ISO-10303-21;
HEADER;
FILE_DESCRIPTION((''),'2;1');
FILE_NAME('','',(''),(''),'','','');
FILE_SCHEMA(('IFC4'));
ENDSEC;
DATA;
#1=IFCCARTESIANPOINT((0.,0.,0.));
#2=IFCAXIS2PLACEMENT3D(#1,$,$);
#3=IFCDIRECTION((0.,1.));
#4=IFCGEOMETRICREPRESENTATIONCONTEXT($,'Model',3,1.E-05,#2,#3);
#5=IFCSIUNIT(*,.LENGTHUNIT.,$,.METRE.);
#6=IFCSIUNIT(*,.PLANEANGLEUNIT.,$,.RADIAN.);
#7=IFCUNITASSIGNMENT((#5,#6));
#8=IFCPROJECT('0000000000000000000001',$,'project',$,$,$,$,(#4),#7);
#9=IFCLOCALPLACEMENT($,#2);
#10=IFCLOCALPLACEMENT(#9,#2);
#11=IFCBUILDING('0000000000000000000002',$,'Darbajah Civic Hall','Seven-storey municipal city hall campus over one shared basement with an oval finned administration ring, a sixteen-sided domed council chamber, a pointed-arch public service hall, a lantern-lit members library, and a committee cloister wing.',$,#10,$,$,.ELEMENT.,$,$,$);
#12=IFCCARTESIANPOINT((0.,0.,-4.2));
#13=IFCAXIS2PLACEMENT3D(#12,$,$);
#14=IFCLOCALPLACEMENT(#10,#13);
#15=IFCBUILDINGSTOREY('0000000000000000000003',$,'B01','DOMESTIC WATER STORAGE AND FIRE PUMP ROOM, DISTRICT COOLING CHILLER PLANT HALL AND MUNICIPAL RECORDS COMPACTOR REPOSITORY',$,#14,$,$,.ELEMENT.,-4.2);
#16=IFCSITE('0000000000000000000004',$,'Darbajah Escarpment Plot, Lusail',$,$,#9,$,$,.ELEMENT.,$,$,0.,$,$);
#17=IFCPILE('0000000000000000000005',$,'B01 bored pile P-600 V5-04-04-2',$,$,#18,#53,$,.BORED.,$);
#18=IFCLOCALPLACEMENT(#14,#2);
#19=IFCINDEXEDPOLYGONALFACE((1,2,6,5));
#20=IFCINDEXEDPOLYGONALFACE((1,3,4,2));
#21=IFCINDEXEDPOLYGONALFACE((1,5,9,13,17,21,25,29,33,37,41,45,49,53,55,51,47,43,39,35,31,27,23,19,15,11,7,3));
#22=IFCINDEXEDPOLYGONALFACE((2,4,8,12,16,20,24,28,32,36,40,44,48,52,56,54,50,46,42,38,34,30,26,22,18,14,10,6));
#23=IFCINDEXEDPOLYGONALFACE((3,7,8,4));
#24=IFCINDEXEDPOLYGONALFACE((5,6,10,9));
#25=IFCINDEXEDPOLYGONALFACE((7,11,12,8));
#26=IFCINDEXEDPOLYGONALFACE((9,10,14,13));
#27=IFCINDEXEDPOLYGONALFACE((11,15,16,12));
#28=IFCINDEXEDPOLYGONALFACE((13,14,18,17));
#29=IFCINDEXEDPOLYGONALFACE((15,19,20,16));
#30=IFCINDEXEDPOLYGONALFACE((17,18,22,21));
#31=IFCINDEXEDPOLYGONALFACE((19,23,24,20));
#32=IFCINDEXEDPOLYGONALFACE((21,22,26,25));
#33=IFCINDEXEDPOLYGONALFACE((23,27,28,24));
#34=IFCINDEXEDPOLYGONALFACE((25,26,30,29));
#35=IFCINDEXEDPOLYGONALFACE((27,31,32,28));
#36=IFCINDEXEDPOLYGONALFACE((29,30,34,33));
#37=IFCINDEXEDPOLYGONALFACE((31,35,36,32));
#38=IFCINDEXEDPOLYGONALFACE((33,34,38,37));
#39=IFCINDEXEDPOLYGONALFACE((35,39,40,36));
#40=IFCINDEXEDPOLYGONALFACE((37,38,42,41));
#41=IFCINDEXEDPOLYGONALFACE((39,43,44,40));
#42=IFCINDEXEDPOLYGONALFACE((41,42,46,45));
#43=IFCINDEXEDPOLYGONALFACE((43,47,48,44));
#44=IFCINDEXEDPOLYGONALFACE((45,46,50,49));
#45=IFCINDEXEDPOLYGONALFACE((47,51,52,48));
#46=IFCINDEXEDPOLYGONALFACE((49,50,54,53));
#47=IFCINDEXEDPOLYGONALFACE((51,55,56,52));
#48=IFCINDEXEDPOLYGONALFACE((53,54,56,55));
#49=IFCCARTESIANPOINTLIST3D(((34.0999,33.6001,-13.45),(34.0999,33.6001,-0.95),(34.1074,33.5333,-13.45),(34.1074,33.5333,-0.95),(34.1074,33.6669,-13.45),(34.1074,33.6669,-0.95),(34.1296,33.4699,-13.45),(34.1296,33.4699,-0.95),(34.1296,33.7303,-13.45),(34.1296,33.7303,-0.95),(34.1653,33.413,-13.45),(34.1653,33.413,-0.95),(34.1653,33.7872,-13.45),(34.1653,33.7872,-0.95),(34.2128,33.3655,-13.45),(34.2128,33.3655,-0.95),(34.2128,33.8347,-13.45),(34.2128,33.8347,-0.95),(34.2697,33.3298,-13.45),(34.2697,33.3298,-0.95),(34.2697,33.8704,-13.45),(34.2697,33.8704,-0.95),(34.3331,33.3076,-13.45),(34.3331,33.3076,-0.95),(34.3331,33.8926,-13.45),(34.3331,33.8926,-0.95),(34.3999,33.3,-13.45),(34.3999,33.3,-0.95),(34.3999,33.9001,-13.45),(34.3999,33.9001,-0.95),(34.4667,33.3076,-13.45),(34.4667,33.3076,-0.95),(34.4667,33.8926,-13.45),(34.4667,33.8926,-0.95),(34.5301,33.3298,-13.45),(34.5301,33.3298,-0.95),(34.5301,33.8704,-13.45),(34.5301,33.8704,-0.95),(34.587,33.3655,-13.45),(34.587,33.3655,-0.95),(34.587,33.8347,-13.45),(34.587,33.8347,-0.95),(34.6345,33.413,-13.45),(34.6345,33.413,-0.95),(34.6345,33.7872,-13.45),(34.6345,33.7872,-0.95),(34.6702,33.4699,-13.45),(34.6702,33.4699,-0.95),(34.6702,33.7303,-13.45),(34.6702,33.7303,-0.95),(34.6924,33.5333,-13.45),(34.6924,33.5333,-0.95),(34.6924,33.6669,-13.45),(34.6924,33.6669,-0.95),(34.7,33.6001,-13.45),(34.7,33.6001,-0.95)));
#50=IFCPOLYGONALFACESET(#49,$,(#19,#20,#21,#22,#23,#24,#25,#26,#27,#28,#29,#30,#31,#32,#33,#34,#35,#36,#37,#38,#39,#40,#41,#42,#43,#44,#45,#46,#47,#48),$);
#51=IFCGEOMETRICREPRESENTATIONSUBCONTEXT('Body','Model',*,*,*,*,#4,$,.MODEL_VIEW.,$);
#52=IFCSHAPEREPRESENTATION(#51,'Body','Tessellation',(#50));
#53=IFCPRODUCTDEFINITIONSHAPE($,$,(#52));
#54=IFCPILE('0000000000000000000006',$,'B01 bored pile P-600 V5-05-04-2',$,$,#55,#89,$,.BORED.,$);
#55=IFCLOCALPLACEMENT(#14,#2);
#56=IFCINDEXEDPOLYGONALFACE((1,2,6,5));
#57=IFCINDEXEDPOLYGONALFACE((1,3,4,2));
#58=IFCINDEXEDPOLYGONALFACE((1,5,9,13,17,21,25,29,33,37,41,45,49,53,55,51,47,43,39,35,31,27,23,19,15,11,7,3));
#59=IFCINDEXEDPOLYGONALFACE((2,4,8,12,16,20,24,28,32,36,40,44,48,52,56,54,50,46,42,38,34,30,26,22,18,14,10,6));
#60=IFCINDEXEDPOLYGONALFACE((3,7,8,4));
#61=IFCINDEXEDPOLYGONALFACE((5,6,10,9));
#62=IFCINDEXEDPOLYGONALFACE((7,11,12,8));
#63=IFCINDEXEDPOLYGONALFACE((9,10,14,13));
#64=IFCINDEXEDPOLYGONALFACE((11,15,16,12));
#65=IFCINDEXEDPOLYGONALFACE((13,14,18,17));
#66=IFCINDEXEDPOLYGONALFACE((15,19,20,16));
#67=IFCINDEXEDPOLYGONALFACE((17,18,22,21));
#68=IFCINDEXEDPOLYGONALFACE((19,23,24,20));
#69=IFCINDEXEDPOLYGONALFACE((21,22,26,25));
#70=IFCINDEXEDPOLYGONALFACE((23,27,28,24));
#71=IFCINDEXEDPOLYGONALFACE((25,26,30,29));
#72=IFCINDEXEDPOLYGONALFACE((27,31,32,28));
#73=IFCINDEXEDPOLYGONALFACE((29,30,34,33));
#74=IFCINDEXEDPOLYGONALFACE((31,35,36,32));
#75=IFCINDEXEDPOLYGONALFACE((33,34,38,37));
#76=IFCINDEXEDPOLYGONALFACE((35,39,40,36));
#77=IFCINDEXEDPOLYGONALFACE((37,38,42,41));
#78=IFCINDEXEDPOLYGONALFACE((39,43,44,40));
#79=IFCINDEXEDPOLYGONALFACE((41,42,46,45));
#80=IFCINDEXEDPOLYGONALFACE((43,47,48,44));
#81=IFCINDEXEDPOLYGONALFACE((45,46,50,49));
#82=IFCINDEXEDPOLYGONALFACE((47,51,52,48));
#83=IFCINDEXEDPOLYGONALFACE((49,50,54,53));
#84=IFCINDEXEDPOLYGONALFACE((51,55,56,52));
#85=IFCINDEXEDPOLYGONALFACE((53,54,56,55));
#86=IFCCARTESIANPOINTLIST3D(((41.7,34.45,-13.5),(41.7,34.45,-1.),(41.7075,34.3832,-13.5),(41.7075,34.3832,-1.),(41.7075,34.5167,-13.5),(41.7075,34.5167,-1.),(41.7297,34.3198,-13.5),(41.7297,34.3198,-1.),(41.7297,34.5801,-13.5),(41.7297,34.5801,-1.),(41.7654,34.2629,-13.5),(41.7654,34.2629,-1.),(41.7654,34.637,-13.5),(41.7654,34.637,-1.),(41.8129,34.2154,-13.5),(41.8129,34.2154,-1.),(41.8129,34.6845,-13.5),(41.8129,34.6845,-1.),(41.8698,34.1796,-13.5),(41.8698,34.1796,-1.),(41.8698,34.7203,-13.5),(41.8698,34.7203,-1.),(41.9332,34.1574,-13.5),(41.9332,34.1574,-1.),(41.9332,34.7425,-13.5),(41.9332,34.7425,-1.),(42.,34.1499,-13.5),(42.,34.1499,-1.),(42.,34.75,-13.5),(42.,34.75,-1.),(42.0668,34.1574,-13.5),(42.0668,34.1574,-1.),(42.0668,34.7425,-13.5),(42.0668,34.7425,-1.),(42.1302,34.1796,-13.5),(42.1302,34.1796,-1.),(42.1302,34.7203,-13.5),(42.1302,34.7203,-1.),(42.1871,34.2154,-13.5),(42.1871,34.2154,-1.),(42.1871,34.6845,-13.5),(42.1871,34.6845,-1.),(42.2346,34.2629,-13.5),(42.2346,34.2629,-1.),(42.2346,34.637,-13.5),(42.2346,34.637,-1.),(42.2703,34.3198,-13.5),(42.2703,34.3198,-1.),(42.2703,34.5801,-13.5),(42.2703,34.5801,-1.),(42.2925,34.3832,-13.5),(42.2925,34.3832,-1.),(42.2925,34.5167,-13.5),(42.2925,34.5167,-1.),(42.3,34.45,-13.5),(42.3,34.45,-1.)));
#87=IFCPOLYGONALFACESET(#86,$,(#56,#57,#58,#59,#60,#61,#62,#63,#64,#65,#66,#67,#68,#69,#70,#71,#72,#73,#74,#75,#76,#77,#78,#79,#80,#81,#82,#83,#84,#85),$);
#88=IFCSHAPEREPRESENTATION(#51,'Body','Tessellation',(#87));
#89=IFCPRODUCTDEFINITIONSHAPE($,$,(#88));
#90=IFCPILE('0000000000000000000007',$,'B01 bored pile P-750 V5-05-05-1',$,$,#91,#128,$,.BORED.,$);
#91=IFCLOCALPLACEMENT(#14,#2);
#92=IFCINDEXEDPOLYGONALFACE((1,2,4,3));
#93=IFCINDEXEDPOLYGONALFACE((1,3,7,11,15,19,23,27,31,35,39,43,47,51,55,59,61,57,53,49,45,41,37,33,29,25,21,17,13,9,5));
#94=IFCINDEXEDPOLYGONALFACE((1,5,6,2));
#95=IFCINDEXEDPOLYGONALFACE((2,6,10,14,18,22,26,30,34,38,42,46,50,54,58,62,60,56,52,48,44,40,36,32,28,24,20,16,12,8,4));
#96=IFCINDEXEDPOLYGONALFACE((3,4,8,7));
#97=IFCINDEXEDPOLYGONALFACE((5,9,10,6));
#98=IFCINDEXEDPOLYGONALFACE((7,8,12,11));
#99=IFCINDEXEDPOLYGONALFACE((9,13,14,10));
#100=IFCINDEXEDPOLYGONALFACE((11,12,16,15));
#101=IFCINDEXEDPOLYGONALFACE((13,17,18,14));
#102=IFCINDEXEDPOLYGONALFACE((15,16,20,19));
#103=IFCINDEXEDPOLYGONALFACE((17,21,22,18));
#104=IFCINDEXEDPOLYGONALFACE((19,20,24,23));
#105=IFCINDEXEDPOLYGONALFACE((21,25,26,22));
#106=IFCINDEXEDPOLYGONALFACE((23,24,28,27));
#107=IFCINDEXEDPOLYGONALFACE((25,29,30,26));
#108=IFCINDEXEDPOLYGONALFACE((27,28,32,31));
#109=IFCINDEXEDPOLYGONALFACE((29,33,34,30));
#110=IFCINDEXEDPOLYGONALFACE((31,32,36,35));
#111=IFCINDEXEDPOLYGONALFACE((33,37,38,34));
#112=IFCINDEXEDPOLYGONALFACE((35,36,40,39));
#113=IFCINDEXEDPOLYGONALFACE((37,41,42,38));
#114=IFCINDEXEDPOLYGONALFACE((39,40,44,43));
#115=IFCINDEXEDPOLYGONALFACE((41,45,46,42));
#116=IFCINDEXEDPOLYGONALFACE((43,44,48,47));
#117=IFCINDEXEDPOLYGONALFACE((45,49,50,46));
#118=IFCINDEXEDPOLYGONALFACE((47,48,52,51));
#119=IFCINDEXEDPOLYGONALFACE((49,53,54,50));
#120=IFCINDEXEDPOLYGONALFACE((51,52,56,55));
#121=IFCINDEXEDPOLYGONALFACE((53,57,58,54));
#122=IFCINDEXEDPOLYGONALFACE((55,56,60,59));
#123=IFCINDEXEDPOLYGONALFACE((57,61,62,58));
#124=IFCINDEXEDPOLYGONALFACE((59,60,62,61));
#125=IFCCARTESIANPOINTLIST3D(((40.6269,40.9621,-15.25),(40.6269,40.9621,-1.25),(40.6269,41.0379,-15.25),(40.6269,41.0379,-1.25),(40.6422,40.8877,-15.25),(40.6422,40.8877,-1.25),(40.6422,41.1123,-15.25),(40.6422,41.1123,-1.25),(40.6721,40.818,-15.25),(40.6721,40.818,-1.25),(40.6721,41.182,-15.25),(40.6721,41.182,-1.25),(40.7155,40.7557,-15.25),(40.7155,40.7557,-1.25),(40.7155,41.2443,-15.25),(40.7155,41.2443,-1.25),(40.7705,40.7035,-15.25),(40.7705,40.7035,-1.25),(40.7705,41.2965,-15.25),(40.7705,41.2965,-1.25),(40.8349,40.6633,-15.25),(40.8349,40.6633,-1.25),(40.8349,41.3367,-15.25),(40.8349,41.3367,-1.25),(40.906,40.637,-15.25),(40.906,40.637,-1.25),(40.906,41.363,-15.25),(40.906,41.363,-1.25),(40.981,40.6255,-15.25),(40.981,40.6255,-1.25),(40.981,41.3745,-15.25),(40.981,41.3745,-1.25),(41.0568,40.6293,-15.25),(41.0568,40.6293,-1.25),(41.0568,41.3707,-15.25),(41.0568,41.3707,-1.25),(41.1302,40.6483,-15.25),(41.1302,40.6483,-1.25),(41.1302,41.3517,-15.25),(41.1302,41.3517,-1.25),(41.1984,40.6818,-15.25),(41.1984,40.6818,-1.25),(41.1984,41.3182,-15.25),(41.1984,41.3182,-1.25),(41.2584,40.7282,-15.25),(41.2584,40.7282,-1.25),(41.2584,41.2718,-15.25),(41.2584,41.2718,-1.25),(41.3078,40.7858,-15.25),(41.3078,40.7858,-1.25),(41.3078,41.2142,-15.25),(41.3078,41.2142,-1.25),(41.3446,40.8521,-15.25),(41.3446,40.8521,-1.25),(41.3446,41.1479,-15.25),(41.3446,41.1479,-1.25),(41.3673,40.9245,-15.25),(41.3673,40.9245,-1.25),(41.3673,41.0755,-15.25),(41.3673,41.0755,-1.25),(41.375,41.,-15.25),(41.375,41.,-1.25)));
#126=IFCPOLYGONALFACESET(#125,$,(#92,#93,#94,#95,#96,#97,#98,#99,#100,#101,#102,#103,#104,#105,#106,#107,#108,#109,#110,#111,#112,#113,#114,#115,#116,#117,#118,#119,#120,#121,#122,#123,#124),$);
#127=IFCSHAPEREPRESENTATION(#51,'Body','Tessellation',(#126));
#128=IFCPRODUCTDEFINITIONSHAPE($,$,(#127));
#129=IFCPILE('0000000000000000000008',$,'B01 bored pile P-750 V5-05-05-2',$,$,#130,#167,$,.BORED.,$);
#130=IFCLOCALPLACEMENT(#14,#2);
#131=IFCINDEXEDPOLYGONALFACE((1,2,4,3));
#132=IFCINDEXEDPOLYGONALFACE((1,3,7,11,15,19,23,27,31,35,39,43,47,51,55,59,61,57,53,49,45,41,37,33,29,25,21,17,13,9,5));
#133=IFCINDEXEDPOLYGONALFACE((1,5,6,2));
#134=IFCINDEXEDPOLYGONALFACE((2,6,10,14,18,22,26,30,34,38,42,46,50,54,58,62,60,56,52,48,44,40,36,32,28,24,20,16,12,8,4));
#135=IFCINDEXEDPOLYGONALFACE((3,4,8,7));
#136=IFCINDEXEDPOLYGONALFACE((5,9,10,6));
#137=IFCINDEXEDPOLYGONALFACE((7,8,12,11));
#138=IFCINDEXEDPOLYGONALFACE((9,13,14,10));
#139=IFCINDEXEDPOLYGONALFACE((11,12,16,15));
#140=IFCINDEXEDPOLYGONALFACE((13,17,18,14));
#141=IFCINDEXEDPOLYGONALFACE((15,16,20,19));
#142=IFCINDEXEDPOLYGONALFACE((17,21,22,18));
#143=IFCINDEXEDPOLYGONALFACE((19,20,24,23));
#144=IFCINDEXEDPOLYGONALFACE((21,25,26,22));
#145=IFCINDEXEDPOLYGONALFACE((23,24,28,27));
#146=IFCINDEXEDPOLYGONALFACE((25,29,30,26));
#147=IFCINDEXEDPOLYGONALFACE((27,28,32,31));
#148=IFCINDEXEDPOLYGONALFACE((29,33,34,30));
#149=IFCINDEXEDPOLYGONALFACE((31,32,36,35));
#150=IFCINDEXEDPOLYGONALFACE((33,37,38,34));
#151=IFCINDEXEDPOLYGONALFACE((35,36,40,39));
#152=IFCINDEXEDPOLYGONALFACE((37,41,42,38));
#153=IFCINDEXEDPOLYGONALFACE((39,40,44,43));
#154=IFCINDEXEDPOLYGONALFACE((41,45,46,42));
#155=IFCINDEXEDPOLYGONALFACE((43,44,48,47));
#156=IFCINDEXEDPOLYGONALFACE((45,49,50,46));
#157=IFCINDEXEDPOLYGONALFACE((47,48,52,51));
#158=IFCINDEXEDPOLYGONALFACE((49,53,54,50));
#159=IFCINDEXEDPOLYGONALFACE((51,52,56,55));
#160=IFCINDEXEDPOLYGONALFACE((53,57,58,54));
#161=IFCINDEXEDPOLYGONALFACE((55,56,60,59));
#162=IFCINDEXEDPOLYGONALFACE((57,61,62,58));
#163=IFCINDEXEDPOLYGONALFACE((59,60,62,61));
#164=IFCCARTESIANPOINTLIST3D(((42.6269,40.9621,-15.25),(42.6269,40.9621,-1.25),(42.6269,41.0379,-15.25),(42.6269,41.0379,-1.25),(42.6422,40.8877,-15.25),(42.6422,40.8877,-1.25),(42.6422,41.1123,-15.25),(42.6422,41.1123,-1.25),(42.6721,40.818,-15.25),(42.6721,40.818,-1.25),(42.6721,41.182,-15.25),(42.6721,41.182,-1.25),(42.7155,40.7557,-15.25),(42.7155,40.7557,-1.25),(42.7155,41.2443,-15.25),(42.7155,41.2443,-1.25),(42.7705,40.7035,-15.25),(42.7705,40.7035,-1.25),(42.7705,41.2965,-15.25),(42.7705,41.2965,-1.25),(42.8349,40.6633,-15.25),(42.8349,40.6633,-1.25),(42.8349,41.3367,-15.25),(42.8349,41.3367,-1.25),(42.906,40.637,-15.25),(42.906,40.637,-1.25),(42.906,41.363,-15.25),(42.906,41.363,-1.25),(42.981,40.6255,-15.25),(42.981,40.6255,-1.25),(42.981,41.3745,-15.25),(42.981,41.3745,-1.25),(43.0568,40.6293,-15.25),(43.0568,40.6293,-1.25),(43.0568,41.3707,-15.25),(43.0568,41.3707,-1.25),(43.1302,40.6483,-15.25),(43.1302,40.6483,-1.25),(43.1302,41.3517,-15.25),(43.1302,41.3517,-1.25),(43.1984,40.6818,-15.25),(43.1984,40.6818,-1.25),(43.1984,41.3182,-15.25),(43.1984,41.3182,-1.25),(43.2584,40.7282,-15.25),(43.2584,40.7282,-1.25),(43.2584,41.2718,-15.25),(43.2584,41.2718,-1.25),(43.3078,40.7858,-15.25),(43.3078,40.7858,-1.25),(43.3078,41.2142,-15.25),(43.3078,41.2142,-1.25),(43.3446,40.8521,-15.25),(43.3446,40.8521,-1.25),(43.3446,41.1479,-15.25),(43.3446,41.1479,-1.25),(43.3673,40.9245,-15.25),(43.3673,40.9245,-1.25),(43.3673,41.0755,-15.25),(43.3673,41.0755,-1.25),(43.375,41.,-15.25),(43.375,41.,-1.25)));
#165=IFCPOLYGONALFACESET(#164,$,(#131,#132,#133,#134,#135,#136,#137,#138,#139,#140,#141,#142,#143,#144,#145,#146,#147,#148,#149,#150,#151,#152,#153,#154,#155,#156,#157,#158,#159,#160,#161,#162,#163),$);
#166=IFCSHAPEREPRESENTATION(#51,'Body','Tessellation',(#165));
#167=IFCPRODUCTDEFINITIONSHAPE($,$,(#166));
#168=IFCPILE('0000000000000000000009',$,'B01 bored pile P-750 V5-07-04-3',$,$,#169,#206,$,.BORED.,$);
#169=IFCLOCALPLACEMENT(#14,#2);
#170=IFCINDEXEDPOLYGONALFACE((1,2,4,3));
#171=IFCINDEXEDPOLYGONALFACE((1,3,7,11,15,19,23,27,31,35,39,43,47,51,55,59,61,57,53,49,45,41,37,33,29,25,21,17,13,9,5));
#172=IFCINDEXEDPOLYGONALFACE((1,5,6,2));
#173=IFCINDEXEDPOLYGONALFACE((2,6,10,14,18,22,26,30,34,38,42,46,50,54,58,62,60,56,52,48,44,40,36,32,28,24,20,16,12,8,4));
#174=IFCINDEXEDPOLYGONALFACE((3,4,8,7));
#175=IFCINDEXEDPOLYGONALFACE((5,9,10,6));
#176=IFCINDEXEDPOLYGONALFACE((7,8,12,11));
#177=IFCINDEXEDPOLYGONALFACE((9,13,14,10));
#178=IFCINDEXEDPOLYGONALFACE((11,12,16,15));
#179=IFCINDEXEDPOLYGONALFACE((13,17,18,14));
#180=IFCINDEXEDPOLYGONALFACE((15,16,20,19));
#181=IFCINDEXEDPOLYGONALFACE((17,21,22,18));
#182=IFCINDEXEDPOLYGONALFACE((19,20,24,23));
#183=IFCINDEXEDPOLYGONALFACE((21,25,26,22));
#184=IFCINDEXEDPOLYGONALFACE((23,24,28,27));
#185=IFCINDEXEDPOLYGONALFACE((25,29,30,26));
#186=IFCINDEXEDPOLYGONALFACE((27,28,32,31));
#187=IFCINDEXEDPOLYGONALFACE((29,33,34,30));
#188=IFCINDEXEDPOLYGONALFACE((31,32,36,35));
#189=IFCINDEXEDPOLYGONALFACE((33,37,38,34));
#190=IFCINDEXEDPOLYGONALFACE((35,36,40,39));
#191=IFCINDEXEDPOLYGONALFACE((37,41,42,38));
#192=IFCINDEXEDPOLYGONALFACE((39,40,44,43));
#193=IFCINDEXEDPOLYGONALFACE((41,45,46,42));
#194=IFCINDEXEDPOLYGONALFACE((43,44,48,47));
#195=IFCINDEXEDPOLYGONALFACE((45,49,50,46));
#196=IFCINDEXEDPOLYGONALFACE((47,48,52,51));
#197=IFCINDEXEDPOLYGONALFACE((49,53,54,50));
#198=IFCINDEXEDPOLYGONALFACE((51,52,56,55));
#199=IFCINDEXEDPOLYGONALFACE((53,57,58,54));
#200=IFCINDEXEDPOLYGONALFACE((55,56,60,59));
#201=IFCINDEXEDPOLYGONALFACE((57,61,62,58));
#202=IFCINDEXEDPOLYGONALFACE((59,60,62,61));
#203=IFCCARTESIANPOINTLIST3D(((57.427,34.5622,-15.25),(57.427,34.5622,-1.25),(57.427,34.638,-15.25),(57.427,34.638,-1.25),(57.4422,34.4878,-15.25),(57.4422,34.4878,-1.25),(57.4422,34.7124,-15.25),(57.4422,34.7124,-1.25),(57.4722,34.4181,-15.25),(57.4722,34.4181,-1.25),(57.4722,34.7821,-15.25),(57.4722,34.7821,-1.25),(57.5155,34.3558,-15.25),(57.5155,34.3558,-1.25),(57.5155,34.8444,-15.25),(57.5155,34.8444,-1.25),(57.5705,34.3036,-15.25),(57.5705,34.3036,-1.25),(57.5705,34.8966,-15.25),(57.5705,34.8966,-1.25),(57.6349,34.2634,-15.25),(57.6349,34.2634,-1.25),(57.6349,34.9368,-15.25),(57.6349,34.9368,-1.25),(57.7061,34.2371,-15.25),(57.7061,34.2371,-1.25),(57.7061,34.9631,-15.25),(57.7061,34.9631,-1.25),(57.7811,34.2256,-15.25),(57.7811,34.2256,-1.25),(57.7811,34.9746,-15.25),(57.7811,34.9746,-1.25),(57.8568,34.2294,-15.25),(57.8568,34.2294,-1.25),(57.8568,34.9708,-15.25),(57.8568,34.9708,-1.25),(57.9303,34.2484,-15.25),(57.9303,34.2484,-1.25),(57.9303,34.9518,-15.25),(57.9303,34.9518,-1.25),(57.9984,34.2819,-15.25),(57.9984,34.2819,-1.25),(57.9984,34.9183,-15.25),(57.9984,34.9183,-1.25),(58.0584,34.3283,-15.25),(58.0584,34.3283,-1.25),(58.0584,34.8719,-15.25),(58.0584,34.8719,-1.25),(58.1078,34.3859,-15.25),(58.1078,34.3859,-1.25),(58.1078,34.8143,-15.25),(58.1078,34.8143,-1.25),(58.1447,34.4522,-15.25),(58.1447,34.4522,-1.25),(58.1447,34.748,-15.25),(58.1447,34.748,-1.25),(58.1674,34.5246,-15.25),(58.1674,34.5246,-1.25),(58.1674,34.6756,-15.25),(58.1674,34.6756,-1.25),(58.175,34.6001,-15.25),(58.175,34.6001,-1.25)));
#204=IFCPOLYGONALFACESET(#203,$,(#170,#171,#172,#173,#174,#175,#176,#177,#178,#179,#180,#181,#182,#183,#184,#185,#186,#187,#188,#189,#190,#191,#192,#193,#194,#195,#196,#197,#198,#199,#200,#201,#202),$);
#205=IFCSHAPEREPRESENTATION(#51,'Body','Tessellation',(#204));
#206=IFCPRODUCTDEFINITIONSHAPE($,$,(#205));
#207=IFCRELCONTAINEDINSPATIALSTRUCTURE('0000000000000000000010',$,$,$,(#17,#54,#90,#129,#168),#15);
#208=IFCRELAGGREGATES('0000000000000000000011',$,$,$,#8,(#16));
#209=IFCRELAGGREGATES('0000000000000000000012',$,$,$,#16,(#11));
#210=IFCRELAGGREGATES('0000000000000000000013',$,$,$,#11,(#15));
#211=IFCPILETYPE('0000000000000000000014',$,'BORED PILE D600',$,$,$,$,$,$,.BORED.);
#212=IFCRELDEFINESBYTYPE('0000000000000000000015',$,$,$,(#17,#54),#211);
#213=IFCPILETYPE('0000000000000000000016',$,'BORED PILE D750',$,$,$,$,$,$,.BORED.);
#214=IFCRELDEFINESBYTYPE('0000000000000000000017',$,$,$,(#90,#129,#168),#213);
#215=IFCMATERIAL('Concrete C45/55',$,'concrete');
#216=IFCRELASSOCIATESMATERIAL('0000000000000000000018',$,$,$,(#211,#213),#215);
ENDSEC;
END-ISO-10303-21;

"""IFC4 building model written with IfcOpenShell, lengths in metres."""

from ifc_helpers import new_model, si_unit, direction, frame, origin, origin_2d, place, context, subcontext, project, spatial, circle, extrude, material, material_profile, profile_set, type_object, element, save


model = new_model("IFC4")

# Units and contexts
model_context = context("Model", 3, precision=1e-05, world=origin(), true_north=direction((0.0, 1.0)))
body_context = subcontext(model_context, "Body", "Model", "MODEL_VIEW")
ifc_project = project(units=[si_unit("LENGTHUNIT", "METRE"), si_unit("PLANEANGLEUNIT", "RADIAN")], contexts=[model_context])

# Site, building, storey
site_placement = place(None, origin())
site = spatial("IfcSite", under=ifc_project, at=site_placement, Name="Darbajah Escarpment Plot, Lusail", CompositionType="ELEMENT", RefElevation=0.0)
building_placement = place(site_placement, origin())
building = spatial("IfcBuilding", under=site, at=building_placement, Name="Darbajah Civic Hall", Description="Seven-storey municipal city hall campus over one shared basement with an oval finned administration ring, a sixteen-sided domed council chamber, a pointed-arch public service hall, a lantern-lit members library, and a committee cloister wing.", CompositionType="ELEMENT")
storey_placement = place(building_placement, frame((0.0, 0.0, -4.2)))
storey = spatial("IfcBuildingStorey", under=building, at=storey_placement, Name="B01", Description="DOMESTIC WATER STORAGE AND FIRE PUMP ROOM, DISTRICT COOLING CHILLER PLANT HALL AND MUNICIPAL RECORDS COMPACTOR REPOSITORY", CompositionType="ELEMENT", Elevation=-4.2)

# Piles
ifc_material_1 = material(Name="Concrete C45/55", Category="concrete")
ifc_material_profile_1 = material_profile(ifc_material_1, circle(Radius=0.3, at=origin_2d()), Name="BORED PILE D600")
ifc_profile_set_1 = profile_set([ifc_material_profile_1], Name="Concrete C45/55")
pile_type_1 = type_object("IfcPileType", Name="BORED PILE D600", PredefinedType="BORED", material=ifc_profile_set_1)
for number, where, z_axis, x_axis, name in (
    (1, (34.3999, 33.6001, -0.95), (0.0, 0.0, -1.0), (1.0, 0.0, 0.0), "B01 bored pile P-600 V5-04-04-2"),
    (2, (42.0, 34.45, -1.0), (0.0, 0.0, -1.0), (1.0, 0.0, 0.0), "B01 bored pile P-600 V5-05-04-2"),
):
    element("IfcPile", number, at=place(storey_placement, frame(where, z_axis=z_axis, x_axis=x_axis)), inside=storey, type_object=pile_type_1, Name=name, PredefinedType="BORED", context=body_context, shape_type="SweptSolid", body=[
        extrude(circle(Radius=0.3, at=origin_2d()), origin(), (0.0, 0.0, 1.0), 12.5),
    ])
ifc_material_profile_2 = material_profile(ifc_material_1, circle(Radius=0.375, at=origin_2d()), Name="BORED PILE D750")
ifc_profile_set_2 = profile_set([ifc_material_profile_2], Name="Concrete C45/55")
pile_type_2 = type_object("IfcPileType", Name="BORED PILE D750", PredefinedType="BORED", material=ifc_profile_set_2)
for number, where, z_axis, x_axis, name in (
    (3, (41.0, 41.0, -1.25), (0.0, 0.0, -1.0), (1.0, 0.0, 0.0), "B01 bored pile P-750 V5-05-05-1"),
    (4, (43.0, 41.0, -1.25), (0.0, 0.0, -1.0), (1.0, 0.0, 0.0), "B01 bored pile P-750 V5-05-05-2"),
    (5, (57.8, 34.6001, -1.25), (0.0, 0.0, -1.0), (1.0, 0.0, 0.0), "B01 bored pile P-750 V5-07-04-3"),
):
    element("IfcPile", number, at=place(storey_placement, frame(where, z_axis=z_axis, x_axis=x_axis)), inside=storey, type_object=pile_type_2, Name=name, PredefinedType="BORED", context=body_context, shape_type="SweptSolid", body=[
        extrude(circle(Radius=0.375, at=origin_2d()), origin(), (0.0, 0.0, 1.0), 14.0),
    ])

save(model, "model.ifc")
